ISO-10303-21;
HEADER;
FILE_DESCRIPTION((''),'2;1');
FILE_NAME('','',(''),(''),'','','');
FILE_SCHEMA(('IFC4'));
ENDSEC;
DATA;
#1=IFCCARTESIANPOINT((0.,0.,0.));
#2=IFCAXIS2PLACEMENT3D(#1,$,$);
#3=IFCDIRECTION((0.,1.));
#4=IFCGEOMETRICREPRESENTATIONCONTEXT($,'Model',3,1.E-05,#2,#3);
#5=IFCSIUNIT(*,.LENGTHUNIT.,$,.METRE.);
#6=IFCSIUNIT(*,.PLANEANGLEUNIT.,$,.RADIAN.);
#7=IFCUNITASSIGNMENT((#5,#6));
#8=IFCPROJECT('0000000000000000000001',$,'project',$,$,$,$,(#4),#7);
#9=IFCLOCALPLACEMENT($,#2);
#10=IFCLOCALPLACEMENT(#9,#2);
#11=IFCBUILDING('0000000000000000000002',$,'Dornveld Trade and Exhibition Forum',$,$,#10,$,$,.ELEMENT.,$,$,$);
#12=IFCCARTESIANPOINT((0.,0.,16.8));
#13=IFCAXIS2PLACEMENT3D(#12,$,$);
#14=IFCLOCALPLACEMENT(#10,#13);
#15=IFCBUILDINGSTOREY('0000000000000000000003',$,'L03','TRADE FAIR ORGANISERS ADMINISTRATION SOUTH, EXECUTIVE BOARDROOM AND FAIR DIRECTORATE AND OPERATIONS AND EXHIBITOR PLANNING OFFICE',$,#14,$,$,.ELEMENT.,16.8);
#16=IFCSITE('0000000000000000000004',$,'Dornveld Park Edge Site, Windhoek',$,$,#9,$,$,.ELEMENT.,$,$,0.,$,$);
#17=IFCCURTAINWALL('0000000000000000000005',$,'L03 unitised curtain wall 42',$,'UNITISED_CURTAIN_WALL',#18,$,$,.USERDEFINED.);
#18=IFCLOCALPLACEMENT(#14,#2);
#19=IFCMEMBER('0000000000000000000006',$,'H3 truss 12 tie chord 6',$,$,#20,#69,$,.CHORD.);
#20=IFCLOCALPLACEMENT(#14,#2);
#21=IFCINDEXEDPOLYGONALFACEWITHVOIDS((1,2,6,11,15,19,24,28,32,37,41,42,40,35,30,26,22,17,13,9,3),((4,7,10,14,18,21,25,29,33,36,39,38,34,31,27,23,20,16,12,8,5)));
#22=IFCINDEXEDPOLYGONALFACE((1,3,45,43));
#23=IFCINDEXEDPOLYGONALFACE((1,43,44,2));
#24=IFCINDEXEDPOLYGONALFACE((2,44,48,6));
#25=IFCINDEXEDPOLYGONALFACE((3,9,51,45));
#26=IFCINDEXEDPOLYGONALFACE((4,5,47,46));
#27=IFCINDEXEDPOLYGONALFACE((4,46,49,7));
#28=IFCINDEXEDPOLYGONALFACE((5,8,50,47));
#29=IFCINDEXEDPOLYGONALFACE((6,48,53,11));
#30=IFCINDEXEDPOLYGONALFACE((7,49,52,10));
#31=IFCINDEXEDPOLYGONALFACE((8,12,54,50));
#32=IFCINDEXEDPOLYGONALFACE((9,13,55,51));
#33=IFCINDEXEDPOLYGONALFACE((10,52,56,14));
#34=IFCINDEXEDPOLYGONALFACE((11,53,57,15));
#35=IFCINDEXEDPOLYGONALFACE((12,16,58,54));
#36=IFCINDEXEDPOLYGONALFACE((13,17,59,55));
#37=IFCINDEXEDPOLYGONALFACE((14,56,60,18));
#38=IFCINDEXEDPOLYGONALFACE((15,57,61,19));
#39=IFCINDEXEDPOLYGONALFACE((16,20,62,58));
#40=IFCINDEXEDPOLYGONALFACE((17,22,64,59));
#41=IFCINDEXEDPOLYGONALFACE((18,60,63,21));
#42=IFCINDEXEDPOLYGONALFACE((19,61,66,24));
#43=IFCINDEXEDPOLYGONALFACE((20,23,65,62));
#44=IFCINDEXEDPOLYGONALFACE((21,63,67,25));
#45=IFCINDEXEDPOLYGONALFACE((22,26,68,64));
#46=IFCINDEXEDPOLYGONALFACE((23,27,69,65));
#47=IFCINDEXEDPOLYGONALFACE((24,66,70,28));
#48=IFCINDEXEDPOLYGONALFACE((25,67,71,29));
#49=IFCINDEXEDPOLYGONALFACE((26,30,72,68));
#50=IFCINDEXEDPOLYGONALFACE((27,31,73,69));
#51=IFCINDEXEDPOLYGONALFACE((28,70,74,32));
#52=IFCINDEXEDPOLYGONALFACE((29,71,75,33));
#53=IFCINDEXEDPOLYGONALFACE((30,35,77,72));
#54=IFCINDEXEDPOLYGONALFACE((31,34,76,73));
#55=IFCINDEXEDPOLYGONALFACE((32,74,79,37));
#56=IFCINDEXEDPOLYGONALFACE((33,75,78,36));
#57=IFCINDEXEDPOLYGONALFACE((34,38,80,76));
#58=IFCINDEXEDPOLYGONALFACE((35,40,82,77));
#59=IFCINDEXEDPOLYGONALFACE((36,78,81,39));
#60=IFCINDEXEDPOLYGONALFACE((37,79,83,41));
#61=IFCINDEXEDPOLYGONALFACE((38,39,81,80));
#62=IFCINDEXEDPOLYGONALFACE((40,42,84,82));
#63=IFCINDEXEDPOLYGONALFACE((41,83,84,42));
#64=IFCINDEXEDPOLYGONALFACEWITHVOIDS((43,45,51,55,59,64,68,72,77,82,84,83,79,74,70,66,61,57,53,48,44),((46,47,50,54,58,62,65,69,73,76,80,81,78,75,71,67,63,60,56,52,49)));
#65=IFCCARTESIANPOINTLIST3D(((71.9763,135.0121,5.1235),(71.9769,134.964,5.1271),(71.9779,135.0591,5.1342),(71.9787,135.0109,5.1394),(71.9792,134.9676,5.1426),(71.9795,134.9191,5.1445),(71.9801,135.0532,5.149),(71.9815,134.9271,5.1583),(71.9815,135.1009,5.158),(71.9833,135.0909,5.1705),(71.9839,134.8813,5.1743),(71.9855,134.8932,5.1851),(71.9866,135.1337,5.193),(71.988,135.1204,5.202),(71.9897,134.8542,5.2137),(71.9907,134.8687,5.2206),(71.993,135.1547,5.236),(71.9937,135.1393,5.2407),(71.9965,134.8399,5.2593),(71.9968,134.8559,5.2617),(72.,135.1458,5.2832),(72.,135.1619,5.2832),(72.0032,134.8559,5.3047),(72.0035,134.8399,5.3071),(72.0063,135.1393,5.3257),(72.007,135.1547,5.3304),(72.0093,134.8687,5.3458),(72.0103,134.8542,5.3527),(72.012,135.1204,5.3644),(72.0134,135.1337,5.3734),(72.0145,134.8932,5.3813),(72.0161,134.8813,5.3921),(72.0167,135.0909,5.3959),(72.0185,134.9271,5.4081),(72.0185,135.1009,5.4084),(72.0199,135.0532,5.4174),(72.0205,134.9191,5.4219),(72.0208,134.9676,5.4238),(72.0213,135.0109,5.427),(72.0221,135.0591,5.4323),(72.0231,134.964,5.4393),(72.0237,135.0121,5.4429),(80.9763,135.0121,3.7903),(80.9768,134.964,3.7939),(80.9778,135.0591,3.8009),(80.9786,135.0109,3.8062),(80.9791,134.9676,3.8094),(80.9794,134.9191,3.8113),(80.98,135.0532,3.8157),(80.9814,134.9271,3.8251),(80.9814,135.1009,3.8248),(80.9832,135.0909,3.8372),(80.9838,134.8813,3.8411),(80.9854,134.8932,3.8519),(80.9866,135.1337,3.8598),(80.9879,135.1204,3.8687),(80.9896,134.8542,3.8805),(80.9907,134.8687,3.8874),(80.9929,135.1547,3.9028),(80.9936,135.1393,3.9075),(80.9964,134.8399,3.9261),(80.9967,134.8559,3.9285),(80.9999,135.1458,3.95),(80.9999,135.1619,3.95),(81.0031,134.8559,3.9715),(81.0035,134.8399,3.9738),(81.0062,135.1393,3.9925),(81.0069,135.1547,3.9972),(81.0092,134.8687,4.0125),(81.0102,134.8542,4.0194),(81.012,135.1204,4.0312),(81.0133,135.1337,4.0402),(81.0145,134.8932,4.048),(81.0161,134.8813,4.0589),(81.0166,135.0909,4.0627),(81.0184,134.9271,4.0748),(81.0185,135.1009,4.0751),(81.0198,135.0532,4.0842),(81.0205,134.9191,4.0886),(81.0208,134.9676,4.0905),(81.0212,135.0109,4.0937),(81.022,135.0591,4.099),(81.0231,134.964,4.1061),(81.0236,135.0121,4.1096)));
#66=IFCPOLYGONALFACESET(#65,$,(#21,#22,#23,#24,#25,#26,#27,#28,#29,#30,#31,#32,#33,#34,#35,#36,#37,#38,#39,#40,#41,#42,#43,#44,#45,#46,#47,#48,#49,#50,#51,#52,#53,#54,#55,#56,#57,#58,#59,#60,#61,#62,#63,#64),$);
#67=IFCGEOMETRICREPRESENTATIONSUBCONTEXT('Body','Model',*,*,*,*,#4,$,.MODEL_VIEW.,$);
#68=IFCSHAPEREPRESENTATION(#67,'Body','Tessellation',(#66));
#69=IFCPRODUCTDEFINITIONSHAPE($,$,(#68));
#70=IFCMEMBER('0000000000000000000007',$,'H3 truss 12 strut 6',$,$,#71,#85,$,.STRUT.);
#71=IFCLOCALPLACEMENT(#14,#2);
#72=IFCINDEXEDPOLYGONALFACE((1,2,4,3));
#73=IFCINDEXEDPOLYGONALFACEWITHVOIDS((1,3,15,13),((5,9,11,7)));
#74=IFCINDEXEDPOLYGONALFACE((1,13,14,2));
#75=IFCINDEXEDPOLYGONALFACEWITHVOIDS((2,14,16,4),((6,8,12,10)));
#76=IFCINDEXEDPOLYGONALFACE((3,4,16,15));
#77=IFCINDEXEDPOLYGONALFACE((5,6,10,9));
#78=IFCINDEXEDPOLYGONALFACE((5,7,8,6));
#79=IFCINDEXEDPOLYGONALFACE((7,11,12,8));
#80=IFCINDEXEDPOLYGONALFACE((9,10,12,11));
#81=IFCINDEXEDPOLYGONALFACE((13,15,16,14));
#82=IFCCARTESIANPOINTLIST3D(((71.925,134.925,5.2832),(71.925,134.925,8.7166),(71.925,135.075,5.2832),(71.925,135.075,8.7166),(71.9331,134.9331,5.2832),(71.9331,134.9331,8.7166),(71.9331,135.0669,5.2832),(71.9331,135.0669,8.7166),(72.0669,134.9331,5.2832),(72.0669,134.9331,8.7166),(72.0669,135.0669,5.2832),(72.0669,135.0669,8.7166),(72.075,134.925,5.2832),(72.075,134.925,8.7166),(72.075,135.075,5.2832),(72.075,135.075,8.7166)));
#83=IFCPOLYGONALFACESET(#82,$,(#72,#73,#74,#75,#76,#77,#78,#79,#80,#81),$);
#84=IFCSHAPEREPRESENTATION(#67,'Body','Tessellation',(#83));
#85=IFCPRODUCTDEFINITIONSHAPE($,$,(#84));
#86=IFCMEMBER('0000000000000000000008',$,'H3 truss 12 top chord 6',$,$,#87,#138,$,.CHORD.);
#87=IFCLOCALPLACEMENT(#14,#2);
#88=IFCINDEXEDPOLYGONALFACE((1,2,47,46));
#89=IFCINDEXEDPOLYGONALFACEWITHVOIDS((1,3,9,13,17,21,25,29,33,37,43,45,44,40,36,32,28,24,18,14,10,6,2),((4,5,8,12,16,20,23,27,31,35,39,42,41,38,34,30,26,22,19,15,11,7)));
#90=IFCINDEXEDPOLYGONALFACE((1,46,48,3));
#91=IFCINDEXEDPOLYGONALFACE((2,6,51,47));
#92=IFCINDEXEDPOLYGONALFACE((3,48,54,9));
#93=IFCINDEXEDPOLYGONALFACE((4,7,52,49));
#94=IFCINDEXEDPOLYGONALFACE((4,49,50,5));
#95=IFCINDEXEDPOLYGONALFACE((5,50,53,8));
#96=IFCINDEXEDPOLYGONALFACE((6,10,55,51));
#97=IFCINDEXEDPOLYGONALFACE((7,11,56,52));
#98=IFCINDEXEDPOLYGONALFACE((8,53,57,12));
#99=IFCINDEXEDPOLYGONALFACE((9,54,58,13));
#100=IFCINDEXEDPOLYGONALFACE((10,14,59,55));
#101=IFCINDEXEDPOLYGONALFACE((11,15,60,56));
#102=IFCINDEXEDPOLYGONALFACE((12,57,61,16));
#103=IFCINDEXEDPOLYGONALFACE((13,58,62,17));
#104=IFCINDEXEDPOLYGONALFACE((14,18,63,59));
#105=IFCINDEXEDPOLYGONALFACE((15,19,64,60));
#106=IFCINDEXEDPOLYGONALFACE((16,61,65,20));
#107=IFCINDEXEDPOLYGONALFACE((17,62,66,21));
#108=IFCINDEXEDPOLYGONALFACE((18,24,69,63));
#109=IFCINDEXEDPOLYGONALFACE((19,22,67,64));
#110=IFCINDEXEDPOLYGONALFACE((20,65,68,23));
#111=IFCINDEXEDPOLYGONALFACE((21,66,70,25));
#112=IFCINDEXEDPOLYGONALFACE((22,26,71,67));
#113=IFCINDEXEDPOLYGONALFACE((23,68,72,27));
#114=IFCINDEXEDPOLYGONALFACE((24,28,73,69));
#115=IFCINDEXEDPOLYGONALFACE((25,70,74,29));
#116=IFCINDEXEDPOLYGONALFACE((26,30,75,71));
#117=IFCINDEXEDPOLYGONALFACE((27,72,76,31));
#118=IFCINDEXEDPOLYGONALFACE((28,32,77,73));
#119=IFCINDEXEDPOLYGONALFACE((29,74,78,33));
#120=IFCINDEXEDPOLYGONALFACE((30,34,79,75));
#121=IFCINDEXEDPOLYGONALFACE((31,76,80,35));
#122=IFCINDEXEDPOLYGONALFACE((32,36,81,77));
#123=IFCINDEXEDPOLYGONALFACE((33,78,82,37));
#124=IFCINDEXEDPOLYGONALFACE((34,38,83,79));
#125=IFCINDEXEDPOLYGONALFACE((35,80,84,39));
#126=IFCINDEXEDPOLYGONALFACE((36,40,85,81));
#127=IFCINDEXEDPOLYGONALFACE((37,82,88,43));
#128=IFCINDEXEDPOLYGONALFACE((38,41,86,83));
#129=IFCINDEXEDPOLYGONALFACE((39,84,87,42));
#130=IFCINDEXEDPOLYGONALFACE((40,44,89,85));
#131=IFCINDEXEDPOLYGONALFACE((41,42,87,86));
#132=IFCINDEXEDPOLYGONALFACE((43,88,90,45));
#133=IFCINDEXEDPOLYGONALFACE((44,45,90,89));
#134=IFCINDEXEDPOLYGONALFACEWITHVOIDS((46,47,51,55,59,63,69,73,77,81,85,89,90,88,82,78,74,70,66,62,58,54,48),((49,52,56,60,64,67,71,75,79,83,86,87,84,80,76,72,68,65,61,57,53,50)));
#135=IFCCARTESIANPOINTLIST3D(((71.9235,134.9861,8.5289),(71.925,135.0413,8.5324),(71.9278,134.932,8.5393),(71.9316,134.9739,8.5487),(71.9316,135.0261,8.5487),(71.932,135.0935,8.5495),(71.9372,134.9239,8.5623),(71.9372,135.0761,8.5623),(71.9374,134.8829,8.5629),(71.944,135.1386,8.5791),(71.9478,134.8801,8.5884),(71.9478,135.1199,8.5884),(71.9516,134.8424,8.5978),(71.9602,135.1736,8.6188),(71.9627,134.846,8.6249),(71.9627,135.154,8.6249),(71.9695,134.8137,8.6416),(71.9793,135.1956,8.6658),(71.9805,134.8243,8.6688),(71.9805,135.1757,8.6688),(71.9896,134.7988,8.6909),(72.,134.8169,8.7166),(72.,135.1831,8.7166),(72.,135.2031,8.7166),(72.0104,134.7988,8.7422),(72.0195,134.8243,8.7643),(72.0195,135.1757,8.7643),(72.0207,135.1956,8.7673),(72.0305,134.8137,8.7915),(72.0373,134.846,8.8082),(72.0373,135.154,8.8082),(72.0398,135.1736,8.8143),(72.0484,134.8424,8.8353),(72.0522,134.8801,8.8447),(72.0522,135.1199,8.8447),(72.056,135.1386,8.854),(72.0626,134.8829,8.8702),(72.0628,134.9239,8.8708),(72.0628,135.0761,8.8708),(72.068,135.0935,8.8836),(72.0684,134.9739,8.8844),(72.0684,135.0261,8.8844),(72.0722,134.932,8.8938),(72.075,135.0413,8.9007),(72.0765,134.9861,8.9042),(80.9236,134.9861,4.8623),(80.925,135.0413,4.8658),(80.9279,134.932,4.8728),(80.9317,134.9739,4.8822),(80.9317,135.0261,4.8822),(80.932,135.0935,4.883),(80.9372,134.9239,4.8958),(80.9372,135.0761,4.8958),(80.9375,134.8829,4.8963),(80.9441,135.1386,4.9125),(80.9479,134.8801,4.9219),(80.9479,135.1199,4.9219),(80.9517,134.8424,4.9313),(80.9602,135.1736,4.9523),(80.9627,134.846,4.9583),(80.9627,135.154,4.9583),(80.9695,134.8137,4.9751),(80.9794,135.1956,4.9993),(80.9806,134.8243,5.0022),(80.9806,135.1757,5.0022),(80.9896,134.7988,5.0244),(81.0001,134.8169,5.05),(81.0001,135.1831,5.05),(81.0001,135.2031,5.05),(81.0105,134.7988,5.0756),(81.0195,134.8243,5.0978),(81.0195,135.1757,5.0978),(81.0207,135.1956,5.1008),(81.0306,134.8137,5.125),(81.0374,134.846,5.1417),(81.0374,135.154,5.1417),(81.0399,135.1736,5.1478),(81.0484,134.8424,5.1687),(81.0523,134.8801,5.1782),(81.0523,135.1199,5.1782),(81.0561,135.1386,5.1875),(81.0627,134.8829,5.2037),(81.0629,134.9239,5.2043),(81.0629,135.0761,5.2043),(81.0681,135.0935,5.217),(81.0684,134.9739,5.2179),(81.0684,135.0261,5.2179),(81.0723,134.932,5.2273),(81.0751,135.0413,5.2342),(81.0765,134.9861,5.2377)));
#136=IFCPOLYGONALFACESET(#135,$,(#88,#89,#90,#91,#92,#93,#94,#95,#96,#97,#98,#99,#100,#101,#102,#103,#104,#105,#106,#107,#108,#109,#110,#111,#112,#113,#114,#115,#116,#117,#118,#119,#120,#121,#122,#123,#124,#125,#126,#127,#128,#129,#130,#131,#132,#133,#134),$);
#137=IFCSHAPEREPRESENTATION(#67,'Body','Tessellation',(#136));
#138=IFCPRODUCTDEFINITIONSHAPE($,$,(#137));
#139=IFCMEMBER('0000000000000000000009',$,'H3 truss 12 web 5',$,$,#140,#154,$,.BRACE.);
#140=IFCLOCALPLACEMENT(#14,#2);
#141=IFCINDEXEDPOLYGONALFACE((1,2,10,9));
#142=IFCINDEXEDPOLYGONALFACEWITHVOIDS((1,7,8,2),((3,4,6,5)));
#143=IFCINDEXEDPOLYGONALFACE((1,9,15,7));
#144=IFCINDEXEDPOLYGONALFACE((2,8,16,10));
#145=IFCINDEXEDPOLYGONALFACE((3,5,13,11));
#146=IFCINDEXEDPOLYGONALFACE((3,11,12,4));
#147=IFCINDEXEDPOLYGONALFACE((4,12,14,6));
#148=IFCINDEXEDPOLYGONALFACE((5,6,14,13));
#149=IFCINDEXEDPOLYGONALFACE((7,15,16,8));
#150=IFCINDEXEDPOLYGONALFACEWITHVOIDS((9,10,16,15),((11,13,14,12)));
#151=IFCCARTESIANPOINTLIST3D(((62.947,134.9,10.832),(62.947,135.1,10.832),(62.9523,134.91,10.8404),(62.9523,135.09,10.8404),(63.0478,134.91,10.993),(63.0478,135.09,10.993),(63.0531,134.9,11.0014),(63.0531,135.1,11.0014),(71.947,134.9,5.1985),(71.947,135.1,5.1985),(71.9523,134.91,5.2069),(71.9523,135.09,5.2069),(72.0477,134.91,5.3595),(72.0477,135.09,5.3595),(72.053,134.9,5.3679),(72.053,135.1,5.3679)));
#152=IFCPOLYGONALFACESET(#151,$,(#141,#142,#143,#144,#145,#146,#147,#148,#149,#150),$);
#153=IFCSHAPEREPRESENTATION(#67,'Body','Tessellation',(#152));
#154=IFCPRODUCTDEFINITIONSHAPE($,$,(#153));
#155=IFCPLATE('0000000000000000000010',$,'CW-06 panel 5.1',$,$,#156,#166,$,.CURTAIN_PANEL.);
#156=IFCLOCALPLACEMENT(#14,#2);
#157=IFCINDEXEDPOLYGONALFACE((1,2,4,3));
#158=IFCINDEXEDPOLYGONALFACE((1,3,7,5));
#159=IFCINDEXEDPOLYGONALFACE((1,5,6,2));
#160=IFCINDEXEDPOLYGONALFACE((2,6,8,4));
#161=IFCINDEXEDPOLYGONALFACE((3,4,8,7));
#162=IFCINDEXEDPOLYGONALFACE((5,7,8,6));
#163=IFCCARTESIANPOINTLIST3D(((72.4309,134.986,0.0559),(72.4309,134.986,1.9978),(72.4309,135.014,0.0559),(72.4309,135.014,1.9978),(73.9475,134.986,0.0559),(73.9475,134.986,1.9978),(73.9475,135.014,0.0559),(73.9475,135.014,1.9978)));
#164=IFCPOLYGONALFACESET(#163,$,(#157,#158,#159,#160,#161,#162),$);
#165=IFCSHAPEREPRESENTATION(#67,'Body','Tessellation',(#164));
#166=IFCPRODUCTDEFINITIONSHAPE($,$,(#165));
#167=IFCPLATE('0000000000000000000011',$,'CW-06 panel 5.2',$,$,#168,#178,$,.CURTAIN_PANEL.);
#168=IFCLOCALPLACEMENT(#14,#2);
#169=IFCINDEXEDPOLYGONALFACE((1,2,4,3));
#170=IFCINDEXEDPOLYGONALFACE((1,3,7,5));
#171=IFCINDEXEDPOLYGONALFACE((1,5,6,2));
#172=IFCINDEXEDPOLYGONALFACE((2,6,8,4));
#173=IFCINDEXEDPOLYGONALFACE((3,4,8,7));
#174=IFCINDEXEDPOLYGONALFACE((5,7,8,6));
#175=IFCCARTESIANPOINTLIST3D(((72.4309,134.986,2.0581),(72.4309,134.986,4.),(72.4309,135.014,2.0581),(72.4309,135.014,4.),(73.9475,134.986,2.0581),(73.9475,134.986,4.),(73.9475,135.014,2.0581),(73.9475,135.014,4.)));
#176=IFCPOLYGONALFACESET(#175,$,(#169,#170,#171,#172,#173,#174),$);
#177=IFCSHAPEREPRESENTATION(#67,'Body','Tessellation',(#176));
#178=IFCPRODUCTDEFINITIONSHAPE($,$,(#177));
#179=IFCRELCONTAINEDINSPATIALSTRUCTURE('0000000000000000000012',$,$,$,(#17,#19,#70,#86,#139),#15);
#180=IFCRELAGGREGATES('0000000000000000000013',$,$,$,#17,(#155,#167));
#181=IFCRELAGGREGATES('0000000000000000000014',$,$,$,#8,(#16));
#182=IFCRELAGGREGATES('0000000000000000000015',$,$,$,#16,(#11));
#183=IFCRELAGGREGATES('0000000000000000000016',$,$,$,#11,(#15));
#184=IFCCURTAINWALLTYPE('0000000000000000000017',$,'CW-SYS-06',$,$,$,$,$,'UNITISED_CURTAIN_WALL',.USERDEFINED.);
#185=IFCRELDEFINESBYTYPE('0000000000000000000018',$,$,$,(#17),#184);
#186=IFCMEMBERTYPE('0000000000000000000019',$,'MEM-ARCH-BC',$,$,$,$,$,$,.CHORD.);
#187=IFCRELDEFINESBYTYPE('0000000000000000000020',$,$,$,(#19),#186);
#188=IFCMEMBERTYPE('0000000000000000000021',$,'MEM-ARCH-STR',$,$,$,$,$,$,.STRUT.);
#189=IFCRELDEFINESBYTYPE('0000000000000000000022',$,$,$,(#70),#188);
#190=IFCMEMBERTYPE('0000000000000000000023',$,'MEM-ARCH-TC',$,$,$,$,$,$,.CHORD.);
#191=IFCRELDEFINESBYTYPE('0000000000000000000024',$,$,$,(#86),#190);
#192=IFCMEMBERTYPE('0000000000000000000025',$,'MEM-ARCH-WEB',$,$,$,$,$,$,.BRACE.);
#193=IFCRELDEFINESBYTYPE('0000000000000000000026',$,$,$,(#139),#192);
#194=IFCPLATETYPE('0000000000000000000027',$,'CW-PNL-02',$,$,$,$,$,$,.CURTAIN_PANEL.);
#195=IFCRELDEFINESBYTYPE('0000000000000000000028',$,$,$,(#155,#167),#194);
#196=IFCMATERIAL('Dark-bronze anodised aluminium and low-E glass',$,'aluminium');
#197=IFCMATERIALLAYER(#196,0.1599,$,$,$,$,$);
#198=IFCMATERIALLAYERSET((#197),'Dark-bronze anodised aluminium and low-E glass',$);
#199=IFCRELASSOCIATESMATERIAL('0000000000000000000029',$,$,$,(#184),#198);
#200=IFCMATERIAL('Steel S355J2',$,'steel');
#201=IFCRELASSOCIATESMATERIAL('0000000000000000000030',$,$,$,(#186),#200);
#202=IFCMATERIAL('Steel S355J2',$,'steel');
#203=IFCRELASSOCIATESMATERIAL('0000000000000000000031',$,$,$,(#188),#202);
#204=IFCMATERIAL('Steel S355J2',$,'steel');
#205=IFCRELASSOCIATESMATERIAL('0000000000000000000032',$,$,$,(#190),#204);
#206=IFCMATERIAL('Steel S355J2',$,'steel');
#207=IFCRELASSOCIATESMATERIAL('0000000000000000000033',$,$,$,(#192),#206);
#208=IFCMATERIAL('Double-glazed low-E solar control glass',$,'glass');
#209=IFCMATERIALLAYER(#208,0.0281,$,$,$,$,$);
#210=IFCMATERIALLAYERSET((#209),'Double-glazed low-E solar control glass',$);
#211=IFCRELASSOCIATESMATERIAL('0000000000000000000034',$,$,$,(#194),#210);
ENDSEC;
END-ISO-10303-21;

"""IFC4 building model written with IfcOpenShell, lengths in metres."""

from ifc_helpers import new_model, si_unit, direction, frame, origin, origin_2d, place, context, subcontext, project, spatial, rectangle, hollow_rectangle, hollow_circle, extrude, material, layer, layer_set, material_profile, profile_set, type_object, element, aggregate, save


model = new_model("IFC4")

# Units and contexts
model_context = context("Model", 3, precision=1e-05, world=origin(), true_north=direction((0.0, 1.0)))
body_context = subcontext(model_context, "Body", "Model", "MODEL_VIEW")
ifc_project = project(units=[si_unit("LENGTHUNIT", "METRE"), si_unit("PLANEANGLEUNIT", "RADIAN")], contexts=[model_context])

# Site, building, storey
site_placement = place(None, origin())
site = spatial("IfcSite", under=ifc_project, at=site_placement, Name="Dornveld Park Edge Site, Windhoek", CompositionType="ELEMENT", RefElevation=0.0)
building_placement = place(site_placement, origin())
building = spatial("IfcBuilding", under=site, at=building_placement, Name="Dornveld Trade and Exhibition Forum", CompositionType="ELEMENT")
storey_placement = place(building_placement, frame((0.0, 0.0, 16.8)))
storey = spatial("IfcBuildingStorey", under=building, at=storey_placement, Name="L03", Description="TRADE FAIR ORGANISERS ADMINISTRATION SOUTH, EXECUTIVE BOARDROOM AND FAIR DIRECTORATE AND OPERATIONS AND EXHIBITOR PLANNING OFFICE", CompositionType="ELEMENT", Elevation=16.8)

# Curtain wall
ifc_material_1 = material(Name="Dark-bronze anodised aluminium and low-E glass", Category="aluminium")
ifc_layer_1 = layer(ifc_material_1, 0.1599)
ifc_layer_set_1 = layer_set([ifc_layer_1], Name="Dark-bronze anodised aluminium and low-E glass")
curtain_wall_type_1 = type_object("IfcCurtainWallType", Name="CW-SYS-06", ElementType="UNITISED_CURTAIN_WALL", PredefinedType="USERDEFINED", material=ifc_layer_set_1)
curtain_wall_1_placement = place(storey_placement, origin())
curtain_wall_1 = element("IfcCurtainWall", 1, at=curtain_wall_1_placement, inside=storey, type_object=curtain_wall_type_1, Name="L03 unitised curtain wall 42", ObjectType="UNITISED_CURTAIN_WALL", PredefinedType="USERDEFINED")

# Members
ifc_material_2 = material(Name="Steel S355J2", Category="steel")
ifc_material_profile_1 = material_profile(ifc_material_2, hollow_circle(Radius=0.1619, WallThickness=0.0161, at=origin_2d()), Name="CHS 323.9x16")
ifc_profile_set_1 = profile_set([ifc_material_profile_1], Name="Steel S355J2")
member_type_1 = type_object("IfcMemberType", Name="MEM-ARCH-BC", PredefinedType="CHORD", material=ifc_profile_set_1)
member_1_placement = place(storey_placement, frame((72.0, 135.0, 5.2832), z_axis=(0.989205, 0.0, -0.14654), x_axis=(0.0, 1.0, 0.0)))
element("IfcMember", 2, at=member_1_placement, inside=storey, type_object=member_type_1, Name="H3 truss 12 tie chord 6", PredefinedType="CHORD", context=body_context, shape_type="SweptSolid", body=[
    extrude(hollow_circle(Radius=0.1619, WallThickness=0.0161, at=origin_2d()), origin(), (0.0, 0.0, 1.0), 9.0981),
])
ifc_material_3 = material(Name="Steel S355J2", Category="steel")
ifc_material_profile_2 = material_profile(ifc_material_3, hollow_rectangle(XDim=0.1499, YDim=0.1499, WallThickness=0.0081, at=origin_2d()), Name="SHS 150x150x8")
ifc_profile_set_2 = profile_set([ifc_material_profile_2], Name="Steel S355J2")
member_type_2 = type_object("IfcMemberType", Name="MEM-ARCH-STR", PredefinedType="STRUT", material=ifc_profile_set_2)
member_2_placement = place(storey_placement, frame((72.0, 135.0, 5.2832), z_axis=(0.0, 0.0, 1.0), x_axis=(1.0, 0.0, 0.0)))
element("IfcMember", 3, at=member_2_placement, inside=storey, type_object=member_type_2, Name="H3 truss 12 strut 6", PredefinedType="STRUT", context=body_context, shape_type="SweptSolid", body=[
    extrude(hollow_rectangle(XDim=0.1499, YDim=0.1499, WallThickness=0.0081, at=origin_2d()), origin(), (0.0, 0.0, 1.0), 3.4333),
])
ifc_material_4 = material(Name="Steel S355J2", Category="steel")
ifc_material_profile_3 = material_profile(ifc_material_4, hollow_circle(Radius=0.2031, WallThickness=0.02, at=origin_2d()), Name="CHS 406.4x20")
ifc_profile_set_3 = profile_set([ifc_material_profile_3], Name="Steel S355J2")
member_type_3 = type_object("IfcMemberType", Name="MEM-ARCH-TC", PredefinedType="CHORD", material=ifc_profile_set_3)
member_3_placement = place(storey_placement, frame((72.0, 135.0, 8.7166), z_axis=(0.926098, 0.0, -0.377283), x_axis=(0.0, 1.0, 0.0)))
element("IfcMember", 4, at=member_3_placement, inside=storey, type_object=member_type_3, Name="H3 truss 12 top chord 6", PredefinedType="CHORD", context=body_context, shape_type="SweptSolid", body=[
    extrude(hollow_circle(Radius=0.2031, WallThickness=0.02, at=origin_2d()), origin(), (0.0, 0.0, 1.0), 9.7183),
])
ifc_material_5 = material(Name="Steel S355J2", Category="steel")
ifc_material_profile_4 = material_profile(ifc_material_5, hollow_rectangle(XDim=0.2, YDim=0.2, WallThickness=0.01, at=origin_2d()), Name="SHS 200x200x10")
ifc_profile_set_4 = profile_set([ifc_material_profile_4], Name="Steel S355J2")
member_type_4 = type_object("IfcMemberType", Name="MEM-ARCH-WEB", PredefinedType="BRACE", material=ifc_profile_set_4)
member_4_placement = place(storey_placement, frame((72.0, 135.0, 5.2832), z_axis=(-0.847636, 0.0, 0.530578), x_axis=(0.0, -1.0, 0.0)))
element("IfcMember", 5, at=member_4_placement, inside=storey, type_object=member_type_4, Name="H3 truss 12 web 5", PredefinedType="BRACE", context=body_context, shape_type="SweptSolid", body=[
    extrude(hollow_rectangle(XDim=0.2, YDim=0.2, WallThickness=0.01, at=origin_2d()), origin(), (0.0, 0.0, 1.0), 10.6177),
])

# Plates
ifc_material_6 = material(Name="Double-glazed low-E solar control glass", Category="glass")
ifc_layer_2 = layer(ifc_material_6, 0.0281)
ifc_layer_set_2 = layer_set([ifc_layer_2], Name="Double-glazed low-E solar control glass")
plate_type_1 = type_object("IfcPlateType", Name="CW-PNL-02", PredefinedType="CURTAIN_PANEL", material=ifc_layer_set_2)
plate_1_placement = place(storey_placement, frame((73.1892, 135.0, 0.0559), z_axis=(0.0, 0.0, 1.0), x_axis=(-1.0, 0.0, 0.0)))
plate_1 = element("IfcPlate", 6, at=plate_1_placement, type_object=plate_type_1, Name="CW-06 panel 5.1", PredefinedType="CURTAIN_PANEL", context=body_context, shape_type="SweptSolid", body=[
    extrude(rectangle(XDim=1.5166, YDim=0.0281, at=origin_2d()), origin(), (0.0, 0.0, 1.0), 1.9419),
])
plate_2_placement = place(storey_placement, frame((73.1892, 135.0, 2.0581), z_axis=(0.0, 0.0, 1.0), x_axis=(-1.0, 0.0, 0.0)))
plate_2 = element("IfcPlate", 7, at=plate_2_placement, type_object=plate_type_1, Name="CW-06 panel 5.2", PredefinedType="CURTAIN_PANEL", context=body_context, shape_type="SweptSolid", body=[
    extrude(rectangle(XDim=1.5166, YDim=0.0281, at=origin_2d()), origin(), (0.0, 0.0, 1.0), 1.9419),
])
aggregate(curtain_wall_1, [plate_1, plate_2])

save(model, "model.ifc")
